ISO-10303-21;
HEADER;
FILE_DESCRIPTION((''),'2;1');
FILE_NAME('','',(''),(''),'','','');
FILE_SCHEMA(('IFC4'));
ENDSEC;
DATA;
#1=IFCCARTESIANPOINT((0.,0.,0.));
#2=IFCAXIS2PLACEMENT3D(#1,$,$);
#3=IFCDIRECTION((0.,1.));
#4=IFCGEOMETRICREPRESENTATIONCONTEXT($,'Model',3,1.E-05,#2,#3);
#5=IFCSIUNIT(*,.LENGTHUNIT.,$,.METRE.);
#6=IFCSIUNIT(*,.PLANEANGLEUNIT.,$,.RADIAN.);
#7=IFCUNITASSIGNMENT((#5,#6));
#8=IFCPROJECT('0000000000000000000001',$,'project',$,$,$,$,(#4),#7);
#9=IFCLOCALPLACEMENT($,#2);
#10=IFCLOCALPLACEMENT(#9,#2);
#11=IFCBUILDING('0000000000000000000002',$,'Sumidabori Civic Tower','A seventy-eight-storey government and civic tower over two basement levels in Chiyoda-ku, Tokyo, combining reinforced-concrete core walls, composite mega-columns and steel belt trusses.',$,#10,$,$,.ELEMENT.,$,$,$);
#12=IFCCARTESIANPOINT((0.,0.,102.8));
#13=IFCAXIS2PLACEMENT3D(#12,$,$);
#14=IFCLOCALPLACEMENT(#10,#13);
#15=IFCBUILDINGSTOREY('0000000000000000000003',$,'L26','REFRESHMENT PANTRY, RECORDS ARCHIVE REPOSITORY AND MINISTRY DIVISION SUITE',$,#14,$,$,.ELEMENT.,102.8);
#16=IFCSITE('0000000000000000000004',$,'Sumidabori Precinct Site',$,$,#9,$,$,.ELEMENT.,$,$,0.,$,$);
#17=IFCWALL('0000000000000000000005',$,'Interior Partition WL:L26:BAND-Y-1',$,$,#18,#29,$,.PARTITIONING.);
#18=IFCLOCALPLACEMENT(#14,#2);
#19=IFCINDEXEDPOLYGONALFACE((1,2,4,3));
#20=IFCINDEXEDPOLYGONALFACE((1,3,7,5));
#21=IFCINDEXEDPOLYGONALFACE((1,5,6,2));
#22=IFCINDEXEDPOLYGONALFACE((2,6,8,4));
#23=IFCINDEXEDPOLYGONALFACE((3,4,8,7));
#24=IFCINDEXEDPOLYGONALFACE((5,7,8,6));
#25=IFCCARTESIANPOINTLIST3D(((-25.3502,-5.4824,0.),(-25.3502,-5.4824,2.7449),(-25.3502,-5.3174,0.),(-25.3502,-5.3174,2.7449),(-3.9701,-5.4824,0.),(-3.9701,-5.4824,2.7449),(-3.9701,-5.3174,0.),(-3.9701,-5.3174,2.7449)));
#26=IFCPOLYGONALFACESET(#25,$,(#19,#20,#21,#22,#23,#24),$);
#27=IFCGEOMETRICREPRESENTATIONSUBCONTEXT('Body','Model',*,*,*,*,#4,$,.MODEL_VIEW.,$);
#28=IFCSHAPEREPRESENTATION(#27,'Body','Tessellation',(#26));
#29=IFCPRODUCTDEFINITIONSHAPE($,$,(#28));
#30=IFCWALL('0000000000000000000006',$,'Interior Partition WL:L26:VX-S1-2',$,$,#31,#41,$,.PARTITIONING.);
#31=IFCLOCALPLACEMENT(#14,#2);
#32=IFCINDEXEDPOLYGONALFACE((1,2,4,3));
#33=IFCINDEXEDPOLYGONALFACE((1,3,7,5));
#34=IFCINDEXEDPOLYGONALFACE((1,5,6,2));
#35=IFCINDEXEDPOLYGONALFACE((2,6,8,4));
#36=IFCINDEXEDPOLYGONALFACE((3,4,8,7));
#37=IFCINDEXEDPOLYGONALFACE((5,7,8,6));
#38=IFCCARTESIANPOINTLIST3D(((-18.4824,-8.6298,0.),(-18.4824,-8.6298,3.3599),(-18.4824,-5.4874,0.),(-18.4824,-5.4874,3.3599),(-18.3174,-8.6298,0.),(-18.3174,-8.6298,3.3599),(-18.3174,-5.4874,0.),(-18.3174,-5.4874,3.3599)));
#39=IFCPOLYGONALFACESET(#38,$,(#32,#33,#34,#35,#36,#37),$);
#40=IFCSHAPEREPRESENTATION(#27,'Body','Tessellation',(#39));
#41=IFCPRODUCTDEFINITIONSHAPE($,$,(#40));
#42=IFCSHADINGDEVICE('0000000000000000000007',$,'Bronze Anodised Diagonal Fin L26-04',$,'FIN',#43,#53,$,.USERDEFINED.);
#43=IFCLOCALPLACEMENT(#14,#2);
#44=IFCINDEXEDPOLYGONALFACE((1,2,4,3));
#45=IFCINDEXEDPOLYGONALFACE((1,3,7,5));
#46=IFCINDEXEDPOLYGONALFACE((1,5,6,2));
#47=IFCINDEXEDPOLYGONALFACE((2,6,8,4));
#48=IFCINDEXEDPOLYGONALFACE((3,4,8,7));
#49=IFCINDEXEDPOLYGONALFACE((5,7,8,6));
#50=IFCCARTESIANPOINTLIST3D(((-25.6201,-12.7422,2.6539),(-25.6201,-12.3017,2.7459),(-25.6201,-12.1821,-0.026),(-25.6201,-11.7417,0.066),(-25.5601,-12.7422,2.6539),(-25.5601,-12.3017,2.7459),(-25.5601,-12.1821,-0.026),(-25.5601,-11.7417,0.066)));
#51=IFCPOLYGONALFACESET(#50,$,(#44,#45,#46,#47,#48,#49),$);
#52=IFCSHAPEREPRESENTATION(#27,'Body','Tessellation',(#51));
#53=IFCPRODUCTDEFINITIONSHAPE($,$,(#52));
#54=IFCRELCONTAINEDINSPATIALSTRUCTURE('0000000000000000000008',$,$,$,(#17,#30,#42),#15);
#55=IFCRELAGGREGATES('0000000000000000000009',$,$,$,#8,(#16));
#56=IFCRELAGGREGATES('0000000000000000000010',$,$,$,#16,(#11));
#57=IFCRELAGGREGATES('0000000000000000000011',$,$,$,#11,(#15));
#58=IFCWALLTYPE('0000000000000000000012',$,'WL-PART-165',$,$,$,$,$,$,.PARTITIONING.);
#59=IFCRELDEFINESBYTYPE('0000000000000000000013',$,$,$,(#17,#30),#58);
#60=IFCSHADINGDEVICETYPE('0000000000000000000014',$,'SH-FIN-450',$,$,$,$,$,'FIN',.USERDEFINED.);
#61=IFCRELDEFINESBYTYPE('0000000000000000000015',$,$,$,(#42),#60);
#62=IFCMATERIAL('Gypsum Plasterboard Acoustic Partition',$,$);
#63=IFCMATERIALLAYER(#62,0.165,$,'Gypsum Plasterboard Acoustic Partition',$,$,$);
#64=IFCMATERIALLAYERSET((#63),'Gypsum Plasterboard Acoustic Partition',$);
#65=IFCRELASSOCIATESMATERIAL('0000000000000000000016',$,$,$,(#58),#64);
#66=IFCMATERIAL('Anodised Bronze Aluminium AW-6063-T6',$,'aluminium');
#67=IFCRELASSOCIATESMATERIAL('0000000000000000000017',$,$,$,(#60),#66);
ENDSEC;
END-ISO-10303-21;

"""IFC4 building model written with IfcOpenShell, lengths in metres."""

from ifc_helpers import new_model, si_unit, direction, frame, frame_2d, origin, origin_2d, place, context, subcontext, project, spatial, rectangle, extrude, source, transform, mapped, material, layer, layer_set, material_profile, profile_set, type_object, element, save


model = new_model("IFC4")

# Units and contexts
model_context = context("Model", 3, precision=1e-05, world=origin(), true_north=direction((0.0, 1.0)))
body_context = subcontext(model_context, "Body", "Model", "MODEL_VIEW")
ifc_project = project(units=[si_unit("LENGTHUNIT", "METRE"), si_unit("PLANEANGLEUNIT", "RADIAN")], contexts=[model_context])

# Site, building, storey
site_placement = place(None, origin())
site = spatial("IfcSite", under=ifc_project, at=site_placement, Name="Sumidabori Precinct Site", CompositionType="ELEMENT", RefElevation=0.0)
building_placement = place(site_placement, origin())
building = spatial("IfcBuilding", under=site, at=building_placement, Name="Sumidabori Civic Tower", Description="A seventy-eight-storey government and civic tower over two basement levels in Chiyoda-ku, Tokyo, combining reinforced-concrete core walls, composite mega-columns and steel belt trusses.", CompositionType="ELEMENT")
storey_placement = place(building_placement, frame((0.0, 0.0, 102.8)))
storey = spatial("IfcBuildingStorey", under=building, at=storey_placement, Name="L26", Description="REFRESHMENT PANTRY, RECORDS ARCHIVE REPOSITORY AND MINISTRY DIVISION SUITE", CompositionType="ELEMENT", Elevation=102.8)

# Shared definitions
ifc_material_1 = material(Name="Anodised Bronze Aluminium AW-6063-T6", Category="aluminium")

# Shared definitions
ifc_material_2 = material(Name="Gypsum Plasterboard Acoustic Partition")
ifc_layer_1 = layer(ifc_material_2, 0.165, Name="Gypsum Plasterboard Acoustic Partition")
ifc_layer_set_1 = layer_set([ifc_layer_1], Name="Gypsum Plasterboard Acoustic Partition")
wall_type = type_object("IfcWallType", Name="WL-PART-165", PredefinedType="PARTITIONING", material=ifc_layer_set_1)

# Walls
shared_shape_1 = source(origin(), body_context, "Body", "SweptSolid", [
    extrude(rectangle(XDim=21.3801, YDim=0.165, at=frame_2d((10.6899, 0.0))), origin(), (0.0, 0.0, 1.0), 2.7449),
])
wall_1_placement = place(storey_placement, frame((-25.3501, -5.3999, 0.0), z_axis=(0.0, 0.0, 1.0), x_axis=(1.0, 0.0, 0.0)))
element("IfcWall", 1, at=wall_1_placement, inside=storey, type_object=wall_type, Name="Interior Partition WL:L26:BAND-Y-1", PredefinedType="PARTITIONING", context=body_context, shape_type="MappedRepresentation", body=[
    mapped(shared_shape_1, transform((0.0, 0.0, 0.0), x_axis=(1.0, 0.0, 0.0), y_axis=(0.0, 1.0, 0.0), z_axis=(0.0, 0.0, 1.0), scale=1.0)),
])
shared_shape_2 = source(origin(), body_context, "Body", "SweptSolid", [
    extrude(rectangle(XDim=3.1423, YDim=0.165, at=frame_2d((1.5713, 0.0))), origin(), (0.0, 0.0, 1.0), 3.3599),
])
wall_2_placement = place(storey_placement, frame((-18.3999, -8.6299, 0.0), z_axis=(0.0, 0.0, 1.0), x_axis=(0.0, 1.0, 0.0)))
element("IfcWall", 2, at=wall_2_placement, inside=storey, type_object=wall_type, Name="Interior Partition WL:L26:VX-S1-2", PredefinedType="PARTITIONING", context=body_context, shape_type="MappedRepresentation", body=[
    mapped(shared_shape_2, transform((0.0, 0.0, 0.0), x_axis=(1.0, 0.0, 0.0), y_axis=(0.0, 1.0, 0.0), z_axis=(0.0, 0.0, 1.0), scale=1.0)),
])

# Shading device
ifc_material_profile_1 = material_profile(ifc_material_1, rectangle(XDim=0.0601, YDim=0.45, at=origin_2d()), Name="BRONZE FIN 450x60")
ifc_profile_set_1 = profile_set([ifc_material_profile_1], Name="Anodised Bronze Aluminium AW-6063-T6")
shading_device_type = type_object("IfcShadingDeviceType", Name="SH-FIN-450", ElementType="FIN", PredefinedType="USERDEFINED", material=ifc_profile_set_1)
shared_shape_3 = source(origin(), body_context, "Body", "SweptSolid", [
    extrude(rectangle(XDim=0.0601, YDim=0.45, at=origin_2d()), origin(), (0.0, 0.0, 1.0), 2.7378),
])
shading_device_placement = place(storey_placement, frame((-25.5901, -11.9619, 0.02), z_axis=(0.0, -0.204563, 0.978853), x_axis=(-1.0, 0.0, 0.0)))
element("IfcShadingDevice", 3, at=shading_device_placement, inside=storey, type_object=shading_device_type, Name="Bronze Anodised Diagonal Fin L26-04", ObjectType="FIN", PredefinedType="USERDEFINED", context=body_context, shape_type="MappedRepresentation", body=[
    mapped(shared_shape_3, transform((0.0, 0.0, 0.0), x_axis=(1.0, 0.0, 0.0), y_axis=(0.0, 1.0, 0.0), z_axis=(0.0, 0.0, 1.0), scale=1.0)),
])

save(model, "model.ifc")
